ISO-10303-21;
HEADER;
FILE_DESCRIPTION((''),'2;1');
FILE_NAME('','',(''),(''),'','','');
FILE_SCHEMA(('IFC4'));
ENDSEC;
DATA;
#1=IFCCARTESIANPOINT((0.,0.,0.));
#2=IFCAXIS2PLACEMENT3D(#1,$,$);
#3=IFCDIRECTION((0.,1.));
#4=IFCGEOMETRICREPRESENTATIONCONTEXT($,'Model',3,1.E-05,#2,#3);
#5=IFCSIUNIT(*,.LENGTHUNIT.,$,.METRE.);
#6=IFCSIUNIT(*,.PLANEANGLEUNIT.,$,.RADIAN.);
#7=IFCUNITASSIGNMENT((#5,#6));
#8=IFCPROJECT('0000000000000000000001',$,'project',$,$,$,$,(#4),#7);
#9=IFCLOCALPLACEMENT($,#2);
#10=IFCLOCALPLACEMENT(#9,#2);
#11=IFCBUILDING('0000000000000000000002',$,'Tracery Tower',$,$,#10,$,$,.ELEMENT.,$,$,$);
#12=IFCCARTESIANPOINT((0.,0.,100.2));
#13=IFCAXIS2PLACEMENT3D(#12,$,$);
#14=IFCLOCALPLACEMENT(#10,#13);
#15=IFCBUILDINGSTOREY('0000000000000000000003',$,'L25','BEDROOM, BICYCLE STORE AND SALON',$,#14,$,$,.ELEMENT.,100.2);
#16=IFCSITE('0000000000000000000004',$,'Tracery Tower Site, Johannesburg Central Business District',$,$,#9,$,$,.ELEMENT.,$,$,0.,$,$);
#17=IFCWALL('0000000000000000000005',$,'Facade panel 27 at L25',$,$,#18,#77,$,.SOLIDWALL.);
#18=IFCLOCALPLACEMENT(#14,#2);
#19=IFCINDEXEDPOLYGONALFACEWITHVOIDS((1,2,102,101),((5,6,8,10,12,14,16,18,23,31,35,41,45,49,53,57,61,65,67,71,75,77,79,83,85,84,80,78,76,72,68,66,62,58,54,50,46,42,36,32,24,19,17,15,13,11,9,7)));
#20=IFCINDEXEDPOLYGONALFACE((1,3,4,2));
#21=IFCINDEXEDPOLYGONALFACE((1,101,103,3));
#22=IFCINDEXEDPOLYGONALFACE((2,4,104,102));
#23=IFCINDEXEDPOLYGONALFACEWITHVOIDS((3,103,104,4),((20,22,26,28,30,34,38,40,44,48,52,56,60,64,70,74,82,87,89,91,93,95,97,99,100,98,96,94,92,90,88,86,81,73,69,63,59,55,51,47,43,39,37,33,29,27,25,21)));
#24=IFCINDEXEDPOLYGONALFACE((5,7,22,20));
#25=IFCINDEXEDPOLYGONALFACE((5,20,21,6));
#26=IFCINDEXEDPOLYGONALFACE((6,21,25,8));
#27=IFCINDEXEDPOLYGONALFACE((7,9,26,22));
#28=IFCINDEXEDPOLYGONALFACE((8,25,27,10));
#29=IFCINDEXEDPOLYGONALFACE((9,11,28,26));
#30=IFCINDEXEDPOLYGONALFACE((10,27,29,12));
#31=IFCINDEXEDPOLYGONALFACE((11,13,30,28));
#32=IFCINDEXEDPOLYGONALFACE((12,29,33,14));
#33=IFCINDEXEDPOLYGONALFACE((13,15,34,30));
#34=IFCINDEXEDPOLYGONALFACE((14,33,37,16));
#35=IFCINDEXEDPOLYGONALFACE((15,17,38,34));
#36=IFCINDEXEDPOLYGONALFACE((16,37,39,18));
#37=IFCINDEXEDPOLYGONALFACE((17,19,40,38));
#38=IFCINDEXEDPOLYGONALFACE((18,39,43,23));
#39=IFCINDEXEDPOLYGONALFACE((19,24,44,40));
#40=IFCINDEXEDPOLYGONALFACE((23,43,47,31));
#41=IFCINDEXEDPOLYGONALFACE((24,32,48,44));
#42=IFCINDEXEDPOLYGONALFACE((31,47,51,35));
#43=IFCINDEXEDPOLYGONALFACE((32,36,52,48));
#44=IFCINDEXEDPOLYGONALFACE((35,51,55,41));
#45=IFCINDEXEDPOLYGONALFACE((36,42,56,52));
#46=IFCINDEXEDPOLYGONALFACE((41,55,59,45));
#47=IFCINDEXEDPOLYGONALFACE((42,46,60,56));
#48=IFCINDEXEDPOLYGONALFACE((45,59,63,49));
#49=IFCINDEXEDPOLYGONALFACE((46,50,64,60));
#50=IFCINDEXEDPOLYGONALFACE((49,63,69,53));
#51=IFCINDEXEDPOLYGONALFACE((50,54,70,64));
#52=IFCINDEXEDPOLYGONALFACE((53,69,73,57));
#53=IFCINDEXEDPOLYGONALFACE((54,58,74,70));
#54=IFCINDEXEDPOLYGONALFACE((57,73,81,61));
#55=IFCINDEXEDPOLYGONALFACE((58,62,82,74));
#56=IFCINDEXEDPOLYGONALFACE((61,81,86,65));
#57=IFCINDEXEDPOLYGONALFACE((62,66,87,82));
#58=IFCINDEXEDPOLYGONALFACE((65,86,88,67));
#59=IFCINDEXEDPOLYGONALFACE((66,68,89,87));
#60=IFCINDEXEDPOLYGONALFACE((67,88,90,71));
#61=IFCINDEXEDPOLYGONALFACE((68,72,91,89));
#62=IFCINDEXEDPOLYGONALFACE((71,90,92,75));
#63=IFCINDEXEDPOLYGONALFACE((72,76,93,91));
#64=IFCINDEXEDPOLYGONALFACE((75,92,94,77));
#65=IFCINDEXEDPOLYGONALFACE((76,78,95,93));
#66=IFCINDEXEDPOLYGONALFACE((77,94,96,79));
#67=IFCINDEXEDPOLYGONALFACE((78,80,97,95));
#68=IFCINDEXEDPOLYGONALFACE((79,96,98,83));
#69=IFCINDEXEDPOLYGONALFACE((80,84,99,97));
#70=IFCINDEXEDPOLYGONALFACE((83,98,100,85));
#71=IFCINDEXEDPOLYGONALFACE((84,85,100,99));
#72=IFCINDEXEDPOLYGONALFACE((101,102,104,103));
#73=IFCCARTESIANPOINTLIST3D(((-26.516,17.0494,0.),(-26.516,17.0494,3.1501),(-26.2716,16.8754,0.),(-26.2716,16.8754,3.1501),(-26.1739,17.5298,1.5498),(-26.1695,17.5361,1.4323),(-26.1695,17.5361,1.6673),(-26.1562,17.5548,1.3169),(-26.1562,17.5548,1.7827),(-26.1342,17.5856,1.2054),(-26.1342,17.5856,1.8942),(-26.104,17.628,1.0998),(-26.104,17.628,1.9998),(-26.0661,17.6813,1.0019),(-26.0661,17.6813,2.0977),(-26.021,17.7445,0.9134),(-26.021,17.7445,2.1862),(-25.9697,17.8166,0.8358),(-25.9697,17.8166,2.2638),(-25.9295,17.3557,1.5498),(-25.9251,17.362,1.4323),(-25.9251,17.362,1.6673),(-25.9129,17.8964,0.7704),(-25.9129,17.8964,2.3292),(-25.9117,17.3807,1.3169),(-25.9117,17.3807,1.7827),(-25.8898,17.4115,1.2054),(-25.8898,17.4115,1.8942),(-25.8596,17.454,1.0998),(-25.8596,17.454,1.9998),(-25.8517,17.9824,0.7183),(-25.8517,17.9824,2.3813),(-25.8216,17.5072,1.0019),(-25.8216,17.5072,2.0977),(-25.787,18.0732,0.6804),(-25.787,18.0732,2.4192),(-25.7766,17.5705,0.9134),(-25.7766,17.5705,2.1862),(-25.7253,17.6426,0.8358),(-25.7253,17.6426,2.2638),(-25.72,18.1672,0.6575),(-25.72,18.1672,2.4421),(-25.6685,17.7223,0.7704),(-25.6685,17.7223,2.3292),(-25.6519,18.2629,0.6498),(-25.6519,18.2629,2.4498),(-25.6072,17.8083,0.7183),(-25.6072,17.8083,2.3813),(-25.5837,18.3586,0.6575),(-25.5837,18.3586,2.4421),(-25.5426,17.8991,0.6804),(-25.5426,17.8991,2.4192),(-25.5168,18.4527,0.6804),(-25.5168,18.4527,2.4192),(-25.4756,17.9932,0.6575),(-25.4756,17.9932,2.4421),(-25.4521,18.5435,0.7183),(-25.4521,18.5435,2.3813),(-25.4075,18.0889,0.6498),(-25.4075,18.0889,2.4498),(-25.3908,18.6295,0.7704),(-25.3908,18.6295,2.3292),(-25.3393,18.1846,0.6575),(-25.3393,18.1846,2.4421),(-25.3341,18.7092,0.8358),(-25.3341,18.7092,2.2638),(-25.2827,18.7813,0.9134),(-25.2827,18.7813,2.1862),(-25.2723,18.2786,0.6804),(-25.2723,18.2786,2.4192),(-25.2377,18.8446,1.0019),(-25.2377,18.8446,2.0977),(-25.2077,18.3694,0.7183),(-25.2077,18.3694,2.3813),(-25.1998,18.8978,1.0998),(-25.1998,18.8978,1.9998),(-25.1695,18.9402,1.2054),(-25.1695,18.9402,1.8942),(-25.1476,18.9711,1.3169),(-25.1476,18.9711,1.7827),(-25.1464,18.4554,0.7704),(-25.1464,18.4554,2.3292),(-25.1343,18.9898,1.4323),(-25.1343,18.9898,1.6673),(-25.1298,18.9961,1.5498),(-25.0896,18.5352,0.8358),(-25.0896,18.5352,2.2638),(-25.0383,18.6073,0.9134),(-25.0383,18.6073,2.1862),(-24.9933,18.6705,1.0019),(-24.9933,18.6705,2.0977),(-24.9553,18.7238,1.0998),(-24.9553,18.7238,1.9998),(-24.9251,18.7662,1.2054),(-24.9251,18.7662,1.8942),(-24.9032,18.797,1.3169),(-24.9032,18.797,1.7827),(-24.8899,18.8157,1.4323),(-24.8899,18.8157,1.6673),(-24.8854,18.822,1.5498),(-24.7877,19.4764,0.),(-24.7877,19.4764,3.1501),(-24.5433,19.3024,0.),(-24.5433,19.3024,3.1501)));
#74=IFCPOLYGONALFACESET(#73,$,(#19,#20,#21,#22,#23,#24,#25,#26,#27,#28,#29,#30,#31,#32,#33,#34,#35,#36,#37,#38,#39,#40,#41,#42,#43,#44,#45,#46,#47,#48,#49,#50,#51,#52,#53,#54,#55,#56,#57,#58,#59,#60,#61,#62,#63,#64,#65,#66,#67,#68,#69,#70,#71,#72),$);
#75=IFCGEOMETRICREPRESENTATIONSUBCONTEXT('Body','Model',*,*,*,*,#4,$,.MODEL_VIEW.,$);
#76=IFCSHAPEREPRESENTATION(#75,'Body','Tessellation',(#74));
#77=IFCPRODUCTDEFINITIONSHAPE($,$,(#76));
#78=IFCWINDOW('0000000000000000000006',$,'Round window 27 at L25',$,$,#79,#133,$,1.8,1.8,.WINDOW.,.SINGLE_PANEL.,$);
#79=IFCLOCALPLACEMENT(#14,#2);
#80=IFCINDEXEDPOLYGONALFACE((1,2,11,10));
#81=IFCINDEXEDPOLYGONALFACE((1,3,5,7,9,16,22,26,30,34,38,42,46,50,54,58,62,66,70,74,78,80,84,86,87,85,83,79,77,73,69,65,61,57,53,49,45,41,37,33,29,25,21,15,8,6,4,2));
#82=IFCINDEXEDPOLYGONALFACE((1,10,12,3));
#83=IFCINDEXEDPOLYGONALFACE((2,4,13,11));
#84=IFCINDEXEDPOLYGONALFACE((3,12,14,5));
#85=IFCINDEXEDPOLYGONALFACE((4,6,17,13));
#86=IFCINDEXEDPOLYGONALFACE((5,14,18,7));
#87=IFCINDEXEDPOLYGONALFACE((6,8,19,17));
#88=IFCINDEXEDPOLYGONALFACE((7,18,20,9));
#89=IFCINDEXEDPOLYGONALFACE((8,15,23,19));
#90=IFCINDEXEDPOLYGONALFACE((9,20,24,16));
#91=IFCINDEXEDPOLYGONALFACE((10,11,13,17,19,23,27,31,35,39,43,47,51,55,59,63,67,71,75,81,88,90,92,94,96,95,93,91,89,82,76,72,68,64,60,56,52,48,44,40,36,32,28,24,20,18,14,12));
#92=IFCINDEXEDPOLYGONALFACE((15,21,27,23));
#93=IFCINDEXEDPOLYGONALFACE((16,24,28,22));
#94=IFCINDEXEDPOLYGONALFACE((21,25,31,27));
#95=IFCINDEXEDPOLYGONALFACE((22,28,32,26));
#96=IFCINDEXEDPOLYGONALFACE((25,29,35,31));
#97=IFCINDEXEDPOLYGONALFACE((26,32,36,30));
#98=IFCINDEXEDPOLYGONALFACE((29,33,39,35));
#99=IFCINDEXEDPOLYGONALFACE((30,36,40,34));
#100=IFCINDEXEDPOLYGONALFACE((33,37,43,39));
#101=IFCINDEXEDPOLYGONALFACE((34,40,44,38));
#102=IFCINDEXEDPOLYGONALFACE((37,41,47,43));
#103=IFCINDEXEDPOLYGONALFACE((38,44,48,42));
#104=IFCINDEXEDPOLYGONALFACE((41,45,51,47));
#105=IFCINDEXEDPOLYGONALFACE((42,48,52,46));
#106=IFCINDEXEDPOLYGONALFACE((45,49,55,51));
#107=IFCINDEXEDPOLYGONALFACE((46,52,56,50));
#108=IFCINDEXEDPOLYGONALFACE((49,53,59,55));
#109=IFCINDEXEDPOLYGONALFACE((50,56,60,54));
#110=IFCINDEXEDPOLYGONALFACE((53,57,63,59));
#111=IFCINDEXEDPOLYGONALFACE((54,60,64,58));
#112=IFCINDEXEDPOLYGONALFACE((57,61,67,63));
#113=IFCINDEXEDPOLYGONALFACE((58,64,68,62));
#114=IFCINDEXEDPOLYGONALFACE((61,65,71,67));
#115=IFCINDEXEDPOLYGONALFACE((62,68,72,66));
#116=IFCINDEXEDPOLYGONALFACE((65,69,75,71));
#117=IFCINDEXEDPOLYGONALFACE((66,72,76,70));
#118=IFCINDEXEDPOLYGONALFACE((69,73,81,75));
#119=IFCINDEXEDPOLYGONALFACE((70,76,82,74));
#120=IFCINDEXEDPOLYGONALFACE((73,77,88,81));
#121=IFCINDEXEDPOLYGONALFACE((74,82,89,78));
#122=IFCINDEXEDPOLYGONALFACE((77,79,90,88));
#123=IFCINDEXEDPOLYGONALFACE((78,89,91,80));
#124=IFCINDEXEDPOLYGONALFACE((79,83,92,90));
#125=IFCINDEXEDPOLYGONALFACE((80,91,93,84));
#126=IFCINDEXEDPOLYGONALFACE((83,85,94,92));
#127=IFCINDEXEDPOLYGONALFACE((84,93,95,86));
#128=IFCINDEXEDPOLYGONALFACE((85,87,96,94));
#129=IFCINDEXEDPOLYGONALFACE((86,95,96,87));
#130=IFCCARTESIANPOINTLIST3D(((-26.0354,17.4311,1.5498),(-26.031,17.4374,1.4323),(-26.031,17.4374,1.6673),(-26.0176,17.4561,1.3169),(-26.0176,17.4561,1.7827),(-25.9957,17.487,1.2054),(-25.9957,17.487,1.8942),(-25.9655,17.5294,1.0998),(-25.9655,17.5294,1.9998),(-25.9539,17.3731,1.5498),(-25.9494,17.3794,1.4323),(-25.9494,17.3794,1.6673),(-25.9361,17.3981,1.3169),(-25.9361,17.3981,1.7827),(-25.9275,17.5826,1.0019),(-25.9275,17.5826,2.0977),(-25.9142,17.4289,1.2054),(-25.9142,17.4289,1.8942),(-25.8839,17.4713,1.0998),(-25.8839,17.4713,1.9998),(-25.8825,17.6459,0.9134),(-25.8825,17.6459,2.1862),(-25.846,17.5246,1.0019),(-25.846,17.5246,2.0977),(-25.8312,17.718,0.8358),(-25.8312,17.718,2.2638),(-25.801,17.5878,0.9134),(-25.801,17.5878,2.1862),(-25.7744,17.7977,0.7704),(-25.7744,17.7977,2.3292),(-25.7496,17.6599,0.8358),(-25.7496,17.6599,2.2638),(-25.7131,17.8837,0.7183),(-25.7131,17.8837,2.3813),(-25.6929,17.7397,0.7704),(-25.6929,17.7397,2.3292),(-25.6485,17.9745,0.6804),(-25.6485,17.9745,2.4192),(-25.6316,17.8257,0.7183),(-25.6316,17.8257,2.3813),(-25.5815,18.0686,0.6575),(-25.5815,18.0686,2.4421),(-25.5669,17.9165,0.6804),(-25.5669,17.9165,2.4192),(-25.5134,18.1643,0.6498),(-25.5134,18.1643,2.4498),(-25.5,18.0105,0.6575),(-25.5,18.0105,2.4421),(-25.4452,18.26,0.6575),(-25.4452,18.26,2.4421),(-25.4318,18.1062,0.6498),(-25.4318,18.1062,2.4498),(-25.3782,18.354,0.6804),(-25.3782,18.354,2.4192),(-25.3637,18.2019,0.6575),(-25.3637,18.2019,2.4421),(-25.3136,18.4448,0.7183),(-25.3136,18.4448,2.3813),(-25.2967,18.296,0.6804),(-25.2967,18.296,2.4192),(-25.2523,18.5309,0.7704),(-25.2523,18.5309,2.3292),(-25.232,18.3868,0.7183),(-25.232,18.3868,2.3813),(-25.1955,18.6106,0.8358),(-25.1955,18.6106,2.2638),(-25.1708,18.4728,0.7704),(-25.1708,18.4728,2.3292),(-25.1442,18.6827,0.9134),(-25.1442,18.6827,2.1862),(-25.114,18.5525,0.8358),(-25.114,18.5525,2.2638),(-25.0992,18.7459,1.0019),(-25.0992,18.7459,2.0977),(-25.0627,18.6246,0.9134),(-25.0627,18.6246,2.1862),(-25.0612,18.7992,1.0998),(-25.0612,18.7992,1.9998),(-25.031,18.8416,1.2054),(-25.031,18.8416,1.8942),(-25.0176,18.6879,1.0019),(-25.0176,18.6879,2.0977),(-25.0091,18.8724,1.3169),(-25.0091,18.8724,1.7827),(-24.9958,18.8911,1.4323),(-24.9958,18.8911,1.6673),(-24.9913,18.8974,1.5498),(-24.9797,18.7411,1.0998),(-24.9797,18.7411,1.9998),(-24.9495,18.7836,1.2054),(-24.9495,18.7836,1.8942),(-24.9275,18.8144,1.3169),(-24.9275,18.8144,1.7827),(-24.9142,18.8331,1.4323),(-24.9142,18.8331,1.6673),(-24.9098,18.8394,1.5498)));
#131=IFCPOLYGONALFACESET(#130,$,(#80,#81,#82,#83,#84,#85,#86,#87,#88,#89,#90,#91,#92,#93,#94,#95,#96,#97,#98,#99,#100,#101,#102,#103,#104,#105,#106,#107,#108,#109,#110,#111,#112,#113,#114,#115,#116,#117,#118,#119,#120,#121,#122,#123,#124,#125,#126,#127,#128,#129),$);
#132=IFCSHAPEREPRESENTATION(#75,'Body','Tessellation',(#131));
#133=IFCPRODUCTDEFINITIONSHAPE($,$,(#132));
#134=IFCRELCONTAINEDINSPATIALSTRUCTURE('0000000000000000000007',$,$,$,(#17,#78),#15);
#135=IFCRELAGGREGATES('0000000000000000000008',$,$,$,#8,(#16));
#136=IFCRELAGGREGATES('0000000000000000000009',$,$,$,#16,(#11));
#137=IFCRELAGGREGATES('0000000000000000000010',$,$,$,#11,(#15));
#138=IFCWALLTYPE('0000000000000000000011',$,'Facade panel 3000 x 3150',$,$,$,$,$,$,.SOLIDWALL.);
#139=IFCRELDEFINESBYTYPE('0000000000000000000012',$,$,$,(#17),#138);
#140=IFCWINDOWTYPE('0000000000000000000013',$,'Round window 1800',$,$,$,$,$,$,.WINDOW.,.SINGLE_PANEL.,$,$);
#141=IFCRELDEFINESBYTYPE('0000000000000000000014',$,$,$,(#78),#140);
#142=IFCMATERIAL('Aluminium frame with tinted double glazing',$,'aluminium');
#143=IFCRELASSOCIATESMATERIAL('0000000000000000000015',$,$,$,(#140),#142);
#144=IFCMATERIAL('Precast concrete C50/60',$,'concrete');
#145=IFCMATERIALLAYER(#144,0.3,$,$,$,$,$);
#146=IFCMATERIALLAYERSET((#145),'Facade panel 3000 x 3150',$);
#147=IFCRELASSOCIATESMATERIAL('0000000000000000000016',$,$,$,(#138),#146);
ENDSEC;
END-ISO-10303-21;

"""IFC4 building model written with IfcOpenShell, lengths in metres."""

from ifc_helpers import new_model, si_unit, direction, frame, frame_2d, origin, origin_2d, place, context, subcontext, project, spatial, rectangle, circle, extrude, material, layer, layer_set, type_object, element, fill, save


model = new_model("IFC4")

# Units and contexts
model_context = context("Model", 3, precision=1e-05, world=origin(), true_north=direction((0.0, 1.0)))
body_context = subcontext(model_context, "Body", "Model", "MODEL_VIEW")
ifc_project = project(units=[si_unit("LENGTHUNIT", "METRE"), si_unit("PLANEANGLEUNIT", "RADIAN")], contexts=[model_context])

# Site, building, storey
site_placement = place(None, origin())
site = spatial("IfcSite", under=ifc_project, at=site_placement, Name="Tracery Tower Site, Johannesburg Central Business District", CompositionType="ELEMENT", RefElevation=0.0)
building_placement = place(site_placement, origin())
building = spatial("IfcBuilding", under=site, at=building_placement, Name="Tracery Tower", CompositionType="ELEMENT")
storey_placement = place(building_placement, frame((0.0, 0.0, 100.2)))
storey = spatial("IfcBuildingStorey", under=building, at=storey_placement, Name="L25", Description="BEDROOM, BICYCLE STORE AND SALON", CompositionType="ELEMENT", Elevation=100.2)

# Wall, opening, window
ifc_material_1 = material(Name="Aluminium frame with tinted double glazing", Category="aluminium")
window_type = type_object("IfcWindowType", Name="Round window 1800", PartitioningType="SINGLE_PANEL", PredefinedType="WINDOW", material=ifc_material_1)
ifc_material_2 = material(Name="Precast concrete C50/60", Category="concrete")
ifc_layer_1 = layer(ifc_material_2, 0.3)
ifc_layer_set_1 = layer_set([ifc_layer_1], Name="Facade panel 3000 x 3150")
wall_type_1 = type_object("IfcWallType", Name="Facade panel 3000 x 3150", PredefinedType="SOLIDWALL", material=ifc_layer_set_1)
wall_1_placement = place(storey_placement, frame((-24.6655, 19.3894, 0.0), z_axis=(0.0, 0.0, 1.0), x_axis=(-0.580059, -0.814574, 0.0)))
wall_1 = element("IfcWall", 1, at=wall_1_placement, inside=storey, type_object=wall_type_1, Name="Facade panel 27 at L25", PredefinedType="SOLIDWALL", context=body_context, shape_type="SweptSolid", body=[
    extrude(rectangle(XDim=2.9795, YDim=0.3, at=frame_2d((1.4897, 0.0))), origin(), (0.0, 0.0, 1.0), 3.1501),
])
opening_1_placement = place(wall_1_placement, frame((1.4897, 0.0, 1.5498)))
opening_1 = element("IfcOpeningElement", 2, at=opening_1_placement, cuts=wall_1, PredefinedType="OPENING", context=body_context, shape_type="SweptSolid", body=[
    extrude(circle(Radius=0.9, at=origin_2d()), frame((0.0, 0.1599, 0.0), z_axis=(0.0, -1.0, 0.0), x_axis=(1.0, 0.0, 0.0)), (0.0, 0.0, 1.0), 0.3201),
])
window_1_placement = place(opening_1_placement, origin())
window_1 = element("IfcWindow", 3, at=window_1_placement, inside=storey, type_object=window_type, Name="Round window 27 at L25", OverallHeight=1.8, OverallWidth=1.8, PartitioningType="SINGLE_PANEL", PredefinedType="WINDOW", context=body_context, shape_type="SweptSolid", body=[
    extrude(circle(Radius=0.9, at=origin_2d()), frame((0.0, 0.1201, 0.0), z_axis=(0.0, -1.0, 0.0), x_axis=(1.0, 0.0, 0.0)), (0.0, 0.0, 1.0), 0.1001),
])
fill(opening_1, window_1)

save(model, "model.ifc")
